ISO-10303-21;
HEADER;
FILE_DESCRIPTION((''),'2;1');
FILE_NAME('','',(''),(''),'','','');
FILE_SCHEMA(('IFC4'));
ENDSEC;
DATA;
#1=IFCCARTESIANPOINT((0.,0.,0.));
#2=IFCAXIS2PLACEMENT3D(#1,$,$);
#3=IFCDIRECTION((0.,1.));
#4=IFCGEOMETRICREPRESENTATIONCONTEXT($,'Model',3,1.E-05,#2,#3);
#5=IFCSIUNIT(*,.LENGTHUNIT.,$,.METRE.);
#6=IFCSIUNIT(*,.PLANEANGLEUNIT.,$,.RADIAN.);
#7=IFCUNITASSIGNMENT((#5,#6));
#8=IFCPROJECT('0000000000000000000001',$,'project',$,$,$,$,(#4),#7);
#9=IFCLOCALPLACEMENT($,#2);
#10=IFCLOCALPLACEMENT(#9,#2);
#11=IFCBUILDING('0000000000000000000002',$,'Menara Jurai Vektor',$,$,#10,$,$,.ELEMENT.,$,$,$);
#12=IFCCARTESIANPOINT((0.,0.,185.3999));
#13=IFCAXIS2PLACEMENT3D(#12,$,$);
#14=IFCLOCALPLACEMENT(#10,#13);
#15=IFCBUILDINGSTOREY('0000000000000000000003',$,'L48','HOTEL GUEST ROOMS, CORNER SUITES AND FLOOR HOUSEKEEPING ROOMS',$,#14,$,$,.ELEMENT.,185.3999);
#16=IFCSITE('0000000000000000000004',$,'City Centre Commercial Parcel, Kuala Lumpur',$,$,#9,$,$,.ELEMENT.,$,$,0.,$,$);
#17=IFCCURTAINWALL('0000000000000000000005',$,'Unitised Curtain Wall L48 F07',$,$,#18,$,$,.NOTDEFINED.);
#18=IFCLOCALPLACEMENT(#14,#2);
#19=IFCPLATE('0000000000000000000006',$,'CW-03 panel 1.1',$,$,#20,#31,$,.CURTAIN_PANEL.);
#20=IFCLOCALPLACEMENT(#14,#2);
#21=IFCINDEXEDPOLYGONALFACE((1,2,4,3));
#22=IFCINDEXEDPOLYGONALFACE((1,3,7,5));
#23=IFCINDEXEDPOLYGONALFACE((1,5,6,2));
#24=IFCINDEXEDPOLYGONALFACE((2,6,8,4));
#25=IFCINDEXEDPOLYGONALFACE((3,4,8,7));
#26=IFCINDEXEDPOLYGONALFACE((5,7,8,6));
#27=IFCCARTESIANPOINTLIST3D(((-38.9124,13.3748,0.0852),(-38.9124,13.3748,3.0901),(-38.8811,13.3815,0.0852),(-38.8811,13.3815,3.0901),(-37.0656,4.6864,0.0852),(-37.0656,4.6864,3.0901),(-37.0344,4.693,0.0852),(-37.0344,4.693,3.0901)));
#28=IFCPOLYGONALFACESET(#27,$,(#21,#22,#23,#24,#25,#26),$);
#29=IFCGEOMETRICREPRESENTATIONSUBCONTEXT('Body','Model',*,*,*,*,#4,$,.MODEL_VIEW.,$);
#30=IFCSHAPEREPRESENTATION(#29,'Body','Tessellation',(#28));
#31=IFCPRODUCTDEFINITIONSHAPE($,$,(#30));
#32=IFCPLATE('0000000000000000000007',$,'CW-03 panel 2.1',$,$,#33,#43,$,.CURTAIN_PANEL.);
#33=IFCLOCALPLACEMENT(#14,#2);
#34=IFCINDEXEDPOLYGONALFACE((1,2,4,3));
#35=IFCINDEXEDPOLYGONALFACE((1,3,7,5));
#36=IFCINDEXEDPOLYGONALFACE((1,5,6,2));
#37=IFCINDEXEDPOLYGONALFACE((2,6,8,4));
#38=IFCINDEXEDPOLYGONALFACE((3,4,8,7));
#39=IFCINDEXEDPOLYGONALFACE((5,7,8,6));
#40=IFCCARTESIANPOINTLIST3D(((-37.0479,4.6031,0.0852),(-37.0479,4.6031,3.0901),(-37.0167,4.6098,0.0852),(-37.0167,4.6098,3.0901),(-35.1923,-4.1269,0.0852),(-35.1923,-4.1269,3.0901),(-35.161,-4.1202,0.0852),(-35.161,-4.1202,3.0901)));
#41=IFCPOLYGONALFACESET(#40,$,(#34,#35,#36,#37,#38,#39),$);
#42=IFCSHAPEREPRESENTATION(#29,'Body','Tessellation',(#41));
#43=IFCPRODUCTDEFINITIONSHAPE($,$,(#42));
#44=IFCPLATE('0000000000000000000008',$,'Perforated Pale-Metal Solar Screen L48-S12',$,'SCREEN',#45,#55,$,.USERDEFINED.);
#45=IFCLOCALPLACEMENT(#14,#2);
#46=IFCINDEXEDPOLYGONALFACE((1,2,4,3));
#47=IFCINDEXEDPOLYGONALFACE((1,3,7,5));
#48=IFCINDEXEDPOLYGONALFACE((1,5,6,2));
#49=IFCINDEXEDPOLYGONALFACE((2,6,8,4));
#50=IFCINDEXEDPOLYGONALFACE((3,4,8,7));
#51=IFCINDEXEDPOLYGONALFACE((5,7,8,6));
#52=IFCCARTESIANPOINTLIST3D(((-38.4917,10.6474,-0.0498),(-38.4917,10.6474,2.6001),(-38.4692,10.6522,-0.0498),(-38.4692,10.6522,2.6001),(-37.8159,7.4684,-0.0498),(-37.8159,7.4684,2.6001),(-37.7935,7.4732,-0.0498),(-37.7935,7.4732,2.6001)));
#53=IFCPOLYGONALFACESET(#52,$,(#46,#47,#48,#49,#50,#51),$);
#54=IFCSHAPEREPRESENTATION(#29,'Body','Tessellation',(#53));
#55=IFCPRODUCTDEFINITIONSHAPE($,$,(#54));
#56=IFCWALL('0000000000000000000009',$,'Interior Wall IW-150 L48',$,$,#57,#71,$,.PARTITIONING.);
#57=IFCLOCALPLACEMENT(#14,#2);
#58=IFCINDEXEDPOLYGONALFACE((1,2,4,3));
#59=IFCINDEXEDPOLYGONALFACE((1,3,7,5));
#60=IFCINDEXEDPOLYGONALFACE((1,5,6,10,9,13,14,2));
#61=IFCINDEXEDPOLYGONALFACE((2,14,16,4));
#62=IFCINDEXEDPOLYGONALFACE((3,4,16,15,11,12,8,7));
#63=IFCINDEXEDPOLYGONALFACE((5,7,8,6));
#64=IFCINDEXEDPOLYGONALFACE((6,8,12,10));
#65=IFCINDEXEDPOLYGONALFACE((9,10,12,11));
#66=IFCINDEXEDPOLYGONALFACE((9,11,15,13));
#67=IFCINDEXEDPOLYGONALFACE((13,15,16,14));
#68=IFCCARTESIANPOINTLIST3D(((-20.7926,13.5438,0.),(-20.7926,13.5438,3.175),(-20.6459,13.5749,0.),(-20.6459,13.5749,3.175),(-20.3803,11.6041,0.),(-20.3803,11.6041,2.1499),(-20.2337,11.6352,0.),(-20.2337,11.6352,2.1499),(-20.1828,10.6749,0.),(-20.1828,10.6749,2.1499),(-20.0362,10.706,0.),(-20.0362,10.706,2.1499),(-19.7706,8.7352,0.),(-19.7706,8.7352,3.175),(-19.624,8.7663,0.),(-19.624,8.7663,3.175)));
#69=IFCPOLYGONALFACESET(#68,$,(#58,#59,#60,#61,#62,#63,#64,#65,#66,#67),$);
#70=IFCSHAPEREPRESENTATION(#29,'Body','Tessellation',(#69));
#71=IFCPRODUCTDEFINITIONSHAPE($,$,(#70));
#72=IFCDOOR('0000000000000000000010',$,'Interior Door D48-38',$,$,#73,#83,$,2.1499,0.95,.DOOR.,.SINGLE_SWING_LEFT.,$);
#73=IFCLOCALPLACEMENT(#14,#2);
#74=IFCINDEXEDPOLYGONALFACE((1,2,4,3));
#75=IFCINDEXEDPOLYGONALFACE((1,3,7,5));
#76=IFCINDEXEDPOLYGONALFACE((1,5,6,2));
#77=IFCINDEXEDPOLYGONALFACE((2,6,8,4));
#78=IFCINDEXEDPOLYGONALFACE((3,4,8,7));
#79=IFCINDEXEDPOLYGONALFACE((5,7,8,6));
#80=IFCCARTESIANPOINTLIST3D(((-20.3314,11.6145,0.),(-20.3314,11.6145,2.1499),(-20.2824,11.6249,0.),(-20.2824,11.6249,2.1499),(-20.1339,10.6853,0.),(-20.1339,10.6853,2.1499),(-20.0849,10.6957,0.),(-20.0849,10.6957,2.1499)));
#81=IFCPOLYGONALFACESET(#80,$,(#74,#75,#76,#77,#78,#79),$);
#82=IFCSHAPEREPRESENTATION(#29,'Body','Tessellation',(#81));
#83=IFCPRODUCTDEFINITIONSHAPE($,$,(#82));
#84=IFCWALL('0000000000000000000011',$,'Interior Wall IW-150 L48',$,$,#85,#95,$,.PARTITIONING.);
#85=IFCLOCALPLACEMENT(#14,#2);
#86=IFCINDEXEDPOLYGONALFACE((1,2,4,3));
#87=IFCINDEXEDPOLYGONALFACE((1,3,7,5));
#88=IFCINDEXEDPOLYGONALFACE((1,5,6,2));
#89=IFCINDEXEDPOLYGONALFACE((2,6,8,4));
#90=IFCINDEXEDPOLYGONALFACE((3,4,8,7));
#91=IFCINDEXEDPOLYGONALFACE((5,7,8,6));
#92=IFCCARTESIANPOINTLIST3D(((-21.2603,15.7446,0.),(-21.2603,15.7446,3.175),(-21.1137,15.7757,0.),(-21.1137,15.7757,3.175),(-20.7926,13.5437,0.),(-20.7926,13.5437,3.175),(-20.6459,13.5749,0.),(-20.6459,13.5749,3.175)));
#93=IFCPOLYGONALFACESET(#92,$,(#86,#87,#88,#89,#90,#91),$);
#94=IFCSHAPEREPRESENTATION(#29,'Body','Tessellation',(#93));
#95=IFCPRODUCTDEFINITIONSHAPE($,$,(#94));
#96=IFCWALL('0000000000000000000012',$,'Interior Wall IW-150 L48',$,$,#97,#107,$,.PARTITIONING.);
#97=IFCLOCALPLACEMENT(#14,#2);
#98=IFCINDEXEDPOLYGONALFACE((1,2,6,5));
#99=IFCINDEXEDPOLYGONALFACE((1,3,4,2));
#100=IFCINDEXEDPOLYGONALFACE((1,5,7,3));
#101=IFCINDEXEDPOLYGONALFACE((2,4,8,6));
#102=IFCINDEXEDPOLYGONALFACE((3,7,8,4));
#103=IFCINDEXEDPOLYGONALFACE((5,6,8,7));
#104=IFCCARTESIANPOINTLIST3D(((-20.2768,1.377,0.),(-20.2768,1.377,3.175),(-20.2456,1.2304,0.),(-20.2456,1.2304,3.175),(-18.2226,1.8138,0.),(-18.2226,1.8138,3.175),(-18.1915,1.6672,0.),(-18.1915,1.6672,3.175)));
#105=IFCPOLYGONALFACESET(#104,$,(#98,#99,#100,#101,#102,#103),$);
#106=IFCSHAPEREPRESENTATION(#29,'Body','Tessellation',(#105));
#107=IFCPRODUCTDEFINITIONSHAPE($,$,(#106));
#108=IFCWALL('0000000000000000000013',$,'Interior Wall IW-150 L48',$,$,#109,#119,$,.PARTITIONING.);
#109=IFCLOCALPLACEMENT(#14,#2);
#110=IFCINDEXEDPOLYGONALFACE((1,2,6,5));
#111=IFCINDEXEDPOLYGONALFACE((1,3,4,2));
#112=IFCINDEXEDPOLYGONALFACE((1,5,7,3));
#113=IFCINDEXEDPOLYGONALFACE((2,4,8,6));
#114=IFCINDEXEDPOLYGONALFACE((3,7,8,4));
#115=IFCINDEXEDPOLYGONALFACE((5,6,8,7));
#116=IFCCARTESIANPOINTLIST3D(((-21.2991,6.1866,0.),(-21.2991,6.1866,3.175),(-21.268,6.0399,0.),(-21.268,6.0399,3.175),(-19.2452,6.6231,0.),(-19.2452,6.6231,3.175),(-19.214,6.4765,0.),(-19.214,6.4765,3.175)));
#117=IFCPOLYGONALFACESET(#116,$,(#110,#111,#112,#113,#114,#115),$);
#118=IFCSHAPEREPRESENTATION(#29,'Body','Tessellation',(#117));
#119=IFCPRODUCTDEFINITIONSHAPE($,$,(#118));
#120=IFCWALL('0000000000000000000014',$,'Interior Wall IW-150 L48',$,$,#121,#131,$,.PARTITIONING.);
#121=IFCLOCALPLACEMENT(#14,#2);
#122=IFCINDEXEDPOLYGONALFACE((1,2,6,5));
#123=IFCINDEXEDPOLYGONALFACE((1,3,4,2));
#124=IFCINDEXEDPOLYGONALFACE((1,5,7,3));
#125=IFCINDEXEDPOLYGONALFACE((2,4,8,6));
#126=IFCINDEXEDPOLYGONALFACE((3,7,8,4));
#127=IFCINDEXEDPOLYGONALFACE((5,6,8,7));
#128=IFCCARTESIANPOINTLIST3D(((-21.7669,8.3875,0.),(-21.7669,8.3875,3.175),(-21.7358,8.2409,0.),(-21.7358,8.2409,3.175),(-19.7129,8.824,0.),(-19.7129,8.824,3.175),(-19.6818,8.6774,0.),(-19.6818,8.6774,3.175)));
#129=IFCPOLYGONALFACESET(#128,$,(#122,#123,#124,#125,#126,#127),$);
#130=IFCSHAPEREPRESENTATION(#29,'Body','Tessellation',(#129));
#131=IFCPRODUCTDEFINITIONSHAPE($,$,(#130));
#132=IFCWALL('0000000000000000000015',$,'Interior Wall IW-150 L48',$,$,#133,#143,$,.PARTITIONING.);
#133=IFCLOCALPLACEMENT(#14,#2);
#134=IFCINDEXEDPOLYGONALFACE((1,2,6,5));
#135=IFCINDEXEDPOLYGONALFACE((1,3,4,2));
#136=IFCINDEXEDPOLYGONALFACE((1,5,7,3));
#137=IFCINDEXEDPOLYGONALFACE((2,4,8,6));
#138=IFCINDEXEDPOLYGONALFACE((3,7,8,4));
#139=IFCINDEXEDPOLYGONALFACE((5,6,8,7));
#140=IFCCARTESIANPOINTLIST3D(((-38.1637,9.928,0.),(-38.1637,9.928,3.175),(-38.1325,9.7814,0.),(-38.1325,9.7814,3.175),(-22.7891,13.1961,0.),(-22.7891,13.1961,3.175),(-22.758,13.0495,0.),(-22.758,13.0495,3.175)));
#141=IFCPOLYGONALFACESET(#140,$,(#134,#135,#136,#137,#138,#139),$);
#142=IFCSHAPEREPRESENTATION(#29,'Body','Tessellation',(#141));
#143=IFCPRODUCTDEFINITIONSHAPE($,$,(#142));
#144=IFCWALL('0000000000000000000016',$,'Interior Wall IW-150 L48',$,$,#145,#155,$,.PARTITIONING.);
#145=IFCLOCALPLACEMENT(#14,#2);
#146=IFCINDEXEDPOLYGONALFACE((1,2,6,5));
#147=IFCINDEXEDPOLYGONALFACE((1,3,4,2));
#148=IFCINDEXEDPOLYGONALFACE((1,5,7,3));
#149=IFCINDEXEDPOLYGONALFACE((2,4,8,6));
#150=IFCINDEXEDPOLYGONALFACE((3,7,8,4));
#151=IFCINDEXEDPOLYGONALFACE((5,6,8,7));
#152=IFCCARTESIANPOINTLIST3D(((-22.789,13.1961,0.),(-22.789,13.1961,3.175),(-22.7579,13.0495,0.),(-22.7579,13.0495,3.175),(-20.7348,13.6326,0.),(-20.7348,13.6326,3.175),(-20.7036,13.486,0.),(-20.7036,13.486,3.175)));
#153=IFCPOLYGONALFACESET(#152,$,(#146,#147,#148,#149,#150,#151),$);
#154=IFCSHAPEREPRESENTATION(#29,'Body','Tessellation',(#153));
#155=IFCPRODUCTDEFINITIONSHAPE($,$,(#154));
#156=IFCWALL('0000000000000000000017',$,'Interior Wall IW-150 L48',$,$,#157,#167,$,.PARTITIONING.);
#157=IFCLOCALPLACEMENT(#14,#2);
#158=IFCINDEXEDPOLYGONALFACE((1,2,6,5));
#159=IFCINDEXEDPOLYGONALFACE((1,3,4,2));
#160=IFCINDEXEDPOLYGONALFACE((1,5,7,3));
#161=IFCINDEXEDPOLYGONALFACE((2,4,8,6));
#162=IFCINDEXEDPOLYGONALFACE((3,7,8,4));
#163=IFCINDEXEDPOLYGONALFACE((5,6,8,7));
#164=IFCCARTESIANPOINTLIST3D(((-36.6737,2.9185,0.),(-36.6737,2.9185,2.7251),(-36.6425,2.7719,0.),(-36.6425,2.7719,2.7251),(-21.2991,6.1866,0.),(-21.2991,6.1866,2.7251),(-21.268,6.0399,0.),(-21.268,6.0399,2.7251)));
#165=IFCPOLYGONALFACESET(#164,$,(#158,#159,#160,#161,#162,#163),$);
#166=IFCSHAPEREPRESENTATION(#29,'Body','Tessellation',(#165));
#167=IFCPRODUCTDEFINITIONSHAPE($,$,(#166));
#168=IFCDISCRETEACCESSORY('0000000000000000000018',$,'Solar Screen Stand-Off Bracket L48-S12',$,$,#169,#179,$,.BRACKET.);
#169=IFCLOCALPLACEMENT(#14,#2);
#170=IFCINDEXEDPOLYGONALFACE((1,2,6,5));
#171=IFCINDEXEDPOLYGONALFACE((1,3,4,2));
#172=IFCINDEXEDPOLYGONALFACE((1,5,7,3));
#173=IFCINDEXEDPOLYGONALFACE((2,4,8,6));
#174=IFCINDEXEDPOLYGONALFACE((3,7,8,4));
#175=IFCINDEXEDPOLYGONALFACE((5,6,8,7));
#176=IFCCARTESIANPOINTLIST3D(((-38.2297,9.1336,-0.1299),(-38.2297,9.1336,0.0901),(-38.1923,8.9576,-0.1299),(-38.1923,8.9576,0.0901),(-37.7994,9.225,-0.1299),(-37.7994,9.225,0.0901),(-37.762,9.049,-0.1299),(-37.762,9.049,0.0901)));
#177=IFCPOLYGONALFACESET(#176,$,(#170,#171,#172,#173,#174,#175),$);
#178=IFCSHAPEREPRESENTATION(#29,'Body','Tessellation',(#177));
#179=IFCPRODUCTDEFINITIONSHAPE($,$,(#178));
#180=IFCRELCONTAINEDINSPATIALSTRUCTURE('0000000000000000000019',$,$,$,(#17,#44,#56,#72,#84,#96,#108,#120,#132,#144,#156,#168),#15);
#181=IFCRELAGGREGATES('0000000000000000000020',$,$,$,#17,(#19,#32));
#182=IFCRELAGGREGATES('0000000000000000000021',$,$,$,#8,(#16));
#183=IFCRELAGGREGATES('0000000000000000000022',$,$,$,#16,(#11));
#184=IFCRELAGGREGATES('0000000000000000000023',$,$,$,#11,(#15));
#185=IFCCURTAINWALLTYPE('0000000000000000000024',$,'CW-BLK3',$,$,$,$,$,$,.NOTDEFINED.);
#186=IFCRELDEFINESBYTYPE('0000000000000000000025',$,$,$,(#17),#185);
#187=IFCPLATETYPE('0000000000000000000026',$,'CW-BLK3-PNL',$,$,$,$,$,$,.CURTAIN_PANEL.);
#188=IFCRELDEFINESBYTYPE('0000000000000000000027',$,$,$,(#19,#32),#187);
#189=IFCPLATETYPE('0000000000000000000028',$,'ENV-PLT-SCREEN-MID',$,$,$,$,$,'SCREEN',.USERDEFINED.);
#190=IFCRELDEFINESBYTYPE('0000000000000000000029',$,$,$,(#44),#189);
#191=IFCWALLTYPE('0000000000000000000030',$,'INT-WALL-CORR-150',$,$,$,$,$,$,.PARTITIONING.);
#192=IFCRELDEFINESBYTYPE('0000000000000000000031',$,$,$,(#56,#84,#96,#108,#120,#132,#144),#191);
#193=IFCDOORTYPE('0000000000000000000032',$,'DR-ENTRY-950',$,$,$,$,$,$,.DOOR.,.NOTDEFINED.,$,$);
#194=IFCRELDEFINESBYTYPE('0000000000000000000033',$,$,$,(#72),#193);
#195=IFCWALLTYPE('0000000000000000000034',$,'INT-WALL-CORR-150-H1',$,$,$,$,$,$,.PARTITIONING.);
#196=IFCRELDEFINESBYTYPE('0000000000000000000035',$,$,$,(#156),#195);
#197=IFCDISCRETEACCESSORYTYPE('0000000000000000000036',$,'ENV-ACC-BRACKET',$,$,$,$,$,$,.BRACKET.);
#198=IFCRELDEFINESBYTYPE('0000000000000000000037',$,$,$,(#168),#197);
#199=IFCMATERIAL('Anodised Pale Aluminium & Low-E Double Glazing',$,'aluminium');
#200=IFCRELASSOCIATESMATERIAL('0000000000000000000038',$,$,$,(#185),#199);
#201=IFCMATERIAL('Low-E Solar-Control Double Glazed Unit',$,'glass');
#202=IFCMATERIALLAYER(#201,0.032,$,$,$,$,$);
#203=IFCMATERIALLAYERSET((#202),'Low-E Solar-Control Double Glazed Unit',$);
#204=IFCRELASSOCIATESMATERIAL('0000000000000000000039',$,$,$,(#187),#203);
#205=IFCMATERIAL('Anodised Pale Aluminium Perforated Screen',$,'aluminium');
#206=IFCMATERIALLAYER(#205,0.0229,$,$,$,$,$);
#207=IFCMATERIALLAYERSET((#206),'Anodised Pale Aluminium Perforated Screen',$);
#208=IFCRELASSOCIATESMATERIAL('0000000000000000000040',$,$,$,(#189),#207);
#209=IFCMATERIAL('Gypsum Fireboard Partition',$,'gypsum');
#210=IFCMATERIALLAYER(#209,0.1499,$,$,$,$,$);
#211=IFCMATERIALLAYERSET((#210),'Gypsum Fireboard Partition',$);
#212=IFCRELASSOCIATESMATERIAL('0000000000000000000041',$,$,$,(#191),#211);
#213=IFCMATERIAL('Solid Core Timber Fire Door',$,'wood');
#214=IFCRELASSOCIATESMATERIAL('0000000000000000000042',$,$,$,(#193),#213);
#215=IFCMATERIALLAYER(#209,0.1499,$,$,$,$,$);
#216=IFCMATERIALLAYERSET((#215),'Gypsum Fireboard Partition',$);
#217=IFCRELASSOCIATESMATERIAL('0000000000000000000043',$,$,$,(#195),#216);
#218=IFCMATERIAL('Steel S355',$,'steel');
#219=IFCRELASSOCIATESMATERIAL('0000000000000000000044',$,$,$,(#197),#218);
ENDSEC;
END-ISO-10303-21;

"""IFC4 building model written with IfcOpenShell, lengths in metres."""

from ifc_helpers import new_model, si_unit, direction, frame, frame_2d, origin, origin_2d, place, context, subcontext, project, spatial, rectangle, extrude, material, layer, layer_set, type_object, element, fill, aggregate, save


model = new_model("IFC4")

# Units and contexts
model_context = context("Model", 3, precision=1e-05, world=origin(), true_north=direction((0.0, 1.0)))
body_context = subcontext(model_context, "Body", "Model", "MODEL_VIEW")
ifc_project = project(units=[si_unit("LENGTHUNIT", "METRE"), si_unit("PLANEANGLEUNIT", "RADIAN")], contexts=[model_context])

# Site, building, storey
site_placement = place(None, origin())
site = spatial("IfcSite", under=ifc_project, at=site_placement, Name="City Centre Commercial Parcel, Kuala Lumpur", CompositionType="ELEMENT", RefElevation=0.0)
building_placement = place(site_placement, origin())
building = spatial("IfcBuilding", under=site, at=building_placement, Name="Menara Jurai Vektor", CompositionType="ELEMENT")
storey_placement = place(building_placement, frame((0.0, 0.0, 185.3999)))
storey = spatial("IfcBuildingStorey", under=building, at=storey_placement, Name="L48", Description="HOTEL GUEST ROOMS, CORNER SUITES AND FLOOR HOUSEKEEPING ROOMS", CompositionType="ELEMENT", Elevation=185.3999)

# Curtain wall
ifc_material_1 = material(Name="Anodised Pale Aluminium & Low-E Double Glazing", Category="aluminium")
curtain_wall_type = type_object("IfcCurtainWallType", Name="CW-BLK3", PredefinedType="NOTDEFINED", material=ifc_material_1)
curtain_wall_placement = place(storey_placement, origin())
curtain_wall = element("IfcCurtainWall", 1, at=curtain_wall_placement, inside=storey, type_object=curtain_wall_type, Name="Unitised Curtain Wall L48 F07", PredefinedType="NOTDEFINED")

# Shared definitions
ifc_material_2 = material(Name="Steel S355", Category="steel")

# Plates
ifc_material_3 = material(Name="Low-E Solar-Control Double Glazed Unit", Category="glass")
ifc_layer_1 = layer(ifc_material_3, 0.032)
ifc_layer_set_1 = layer_set([ifc_layer_1], Name="Low-E Solar-Control Double Glazed Unit")
plate_type_1 = type_object("IfcPlateType", Name="CW-BLK3-PNL", PredefinedType="CURTAIN_PANEL", material=ifc_layer_set_1)
plate_1_placement = place(storey_placement, frame((-37.9734, 9.0339, 0.0852), z_axis=(0.0, 0.0, 1.0), x_axis=(0.20791, -0.978148, 0.0)))
plate_1 = element("IfcPlate", 2, at=plate_1_placement, type_object=plate_type_1, Name="CW-03 panel 1.1", PredefinedType="CURTAIN_PANEL", context=body_context, shape_type="SweptSolid", body=[
    extrude(rectangle(XDim=8.8826, YDim=0.032, at=origin_2d()), origin(), (0.0, 0.0, 1.0), 3.0049),
])
plate_2_placement = place(storey_placement, frame((-36.1045, 0.2415, 0.0852), z_axis=(0.0, 0.0, 1.0), x_axis=(0.20791, -0.978148, 0.0)))
plate_2 = element("IfcPlate", 3, at=plate_2_placement, type_object=plate_type_1, Name="CW-03 panel 2.1", PredefinedType="CURTAIN_PANEL", context=body_context, shape_type="SweptSolid", body=[
    extrude(rectangle(XDim=8.925, YDim=0.032, at=origin_2d()), origin(), (0.0, 0.0, 1.0), 3.0049),
])
aggregate(curtain_wall, [plate_1, plate_2])
ifc_material_4 = material(Name="Anodised Pale Aluminium Perforated Screen", Category="aluminium")
ifc_layer_2 = layer(ifc_material_4, 0.0229)
ifc_layer_set_2 = layer_set([ifc_layer_2], Name="Anodised Pale Aluminium Perforated Screen")
plate_type_2 = type_object("IfcPlateType", Name="ENV-PLT-SCREEN-MID", ElementType="SCREEN", PredefinedType="USERDEFINED", material=ifc_layer_set_2)
plate_3_placement = place(storey_placement, frame((-38.1426, 9.0603, -0.0498), z_axis=(0.0, 0.0, 1.0), x_axis=(0.207912, -0.978148, 0.0)))
element("IfcPlate", 4, at=plate_3_placement, inside=storey, type_object=plate_type_2, Name="Perforated Pale-Metal Solar Screen L48-S12", ObjectType="SCREEN", PredefinedType="USERDEFINED", context=body_context, shape_type="SweptSolid", body=[
    extrude(rectangle(XDim=3.25, YDim=0.0229, at=origin_2d()), origin(), (0.0, 0.0, 1.0), 2.6499),
])

# Wall, opening, door
ifc_material_5 = material(Name="Gypsum Fireboard Partition", Category="gypsum")
ifc_layer_3 = layer(ifc_material_5, 0.1499)
ifc_layer_set_3 = layer_set([ifc_layer_3], Name="Gypsum Fireboard Partition")
wall_type_1 = type_object("IfcWallType", Name="INT-WALL-CORR-150", PredefinedType="PARTITIONING", material=ifc_layer_set_3)
wall_1_placement = place(storey_placement, frame((-19.6973, 8.7507, 0.0), z_axis=(0.0, 0.0, 1.0), x_axis=(-0.207887, 0.978153, 0.0)))
wall_1 = element("IfcWall", 5, at=wall_1_placement, inside=storey, type_object=wall_type_1, Name="Interior Wall IW-150 L48", PredefinedType="PARTITIONING", context=body_context, shape_type="SweptSolid", body=[
    extrude(rectangle(XDim=4.916, YDim=0.1499, at=frame_2d((2.458, 0.0))), origin(), (0.0, 0.0, 1.0), 3.175),
])
opening_1_placement = place(wall_1_placement, frame((1.9829, 0.0, 0.0)))
opening_1 = element("IfcOpeningElement", 6, at=opening_1_placement, cuts=wall_1, PredefinedType="OPENING", context=body_context, shape_type="SweptSolid", body=[
    extrude(rectangle(XDim=0.95, YDim=2.1499, at=frame_2d((0.4751, 1.075))), frame((0.0, 0.085, 0.0), z_axis=(0.0, -1.0, 0.0), x_axis=(1.0, 0.0, 0.0)), (0.0, 0.0, 1.0), 0.1699),
])
ifc_material_6 = material(Name="Solid Core Timber Fire Door", Category="wood")
door_type_1 = type_object("IfcDoorType", Name="DR-ENTRY-950", OperationType="NOTDEFINED", PredefinedType="DOOR", material=ifc_material_6)
door_1_placement = place(opening_1_placement, origin())
door_1 = element("IfcDoor", 7, at=door_1_placement, inside=storey, type_object=door_type_1, Name="Interior Door D48-38", OperationType="SINGLE_SWING_LEFT", OverallHeight=2.1499, OverallWidth=0.95, PredefinedType="DOOR", context=body_context, shape_type="SweptSolid", body=[
    extrude(rectangle(XDim=0.95, YDim=2.1499, at=frame_2d((0.4751, 1.075))), frame((0.0, 0.0249, 0.0), z_axis=(0.0, -1.0, 0.0), x_axis=(1.0, 0.0, 0.0)), (0.0, 0.0, 1.0), 0.05),
])
fill(opening_1, door_1)

# Walls
wall_2_placement = place(storey_placement, frame((-20.7192, 13.5593, 0.0), z_axis=(0.0, 0.0, 1.0), x_axis=(-0.207891, 0.978152, 0.0)))
element("IfcWall", 8, at=wall_2_placement, inside=storey, type_object=wall_type_1, Name="Interior Wall IW-150 L48", PredefinedType="PARTITIONING", context=body_context, shape_type="SweptSolid", body=[
    extrude(rectangle(XDim=2.25, YDim=0.1499, at=frame_2d((1.125, 0.0))), origin(), (0.0, 0.0, 1.0), 3.175),
])
wall_3_placement = place(storey_placement, frame((-20.2612, 1.3037, 0.0), z_axis=(0.0, 0.0, 1.0), x_axis=(0.978135, 0.207973, 0.0)))
element("IfcWall", 9, at=wall_3_placement, inside=storey, type_object=wall_type_1, Name="Interior Wall IW-150 L48", PredefinedType="PARTITIONING", context=body_context, shape_type="SweptSolid", body=[
    extrude(rectangle(XDim=2.1001, YDim=0.1499, at=frame_2d((1.05, 0.0))), origin(), (0.0, 0.0, 1.0), 3.175),
])
wall_4_placement = place(storey_placement, frame((-21.2834, 6.1133, 0.0), z_axis=(0.0, 0.0, 1.0), x_axis=(0.978153, 0.207885, 0.0)))
element("IfcWall", 10, at=wall_4_placement, inside=storey, type_object=wall_type_1, Name="Interior Wall IW-150 L48", PredefinedType="PARTITIONING", context=body_context, shape_type="SweptSolid", body=[
    extrude(rectangle(XDim=2.0999, YDim=0.1499, at=frame_2d((1.0498, 0.0))), origin(), (0.0, 0.0, 1.0), 3.175),
])

# Walls
wall_5_placement = place(storey_placement, frame((-21.7512, 8.3142, 0.0), z_axis=(0.0, 0.0, 1.0), x_axis=(0.978153, 0.207885, 0.0)))
element("IfcWall", 11, at=wall_5_placement, inside=storey, type_object=wall_type_1, Name="Interior Wall IW-150 L48", PredefinedType="PARTITIONING", context=body_context, shape_type="SweptSolid", body=[
    extrude(rectangle(XDim=2.0999, YDim=0.1499, at=frame_2d((1.0498, 0.0))), origin(), (0.0, 0.0, 1.0), 3.175),
])
wall_6_placement = place(storey_placement, frame((-38.1479, 9.8547, 0.0), z_axis=(0.0, 0.0, 1.0), x_axis=(0.978146, 0.207919, 0.0)))
element("IfcWall", 12, at=wall_6_placement, inside=storey, type_object=wall_type_1, Name="Interior Wall IW-150 L48", PredefinedType="PARTITIONING", context=body_context, shape_type="SweptSolid", body=[
    extrude(rectangle(XDim=15.718, YDim=0.1499, at=frame_2d((7.8589, 0.0))), origin(), (0.0, 0.0, 1.0), 3.175),
])
wall_7_placement = place(storey_placement, frame((-22.7734, 13.1228, 0.0), z_axis=(0.0, 0.0, 1.0), x_axis=(0.978158, 0.207862, 0.0)))
element("IfcWall", 13, at=wall_7_placement, inside=storey, type_object=wall_type_1, Name="Interior Wall IW-150 L48", PredefinedType="PARTITIONING", context=body_context, shape_type="SweptSolid", body=[
    extrude(rectangle(XDim=2.1001, YDim=0.1499, at=frame_2d((1.05, 0.0))), origin(), (0.0, 0.0, 1.0), 3.175),
])

# Wall
ifc_layer_4 = layer(ifc_material_5, 0.1499)
ifc_layer_set_4 = layer_set([ifc_layer_4], Name="Gypsum Fireboard Partition")
wall_type_2 = type_object("IfcWallType", Name="INT-WALL-CORR-150-H1", PredefinedType="PARTITIONING", material=ifc_layer_set_4)
wall_8_placement = place(storey_placement, frame((-36.658, 2.8452, 0.0), z_axis=(0.0, 0.0, 1.0), x_axis=(0.978146, 0.207919, 0.0)))
element("IfcWall", 14, at=wall_8_placement, inside=storey, type_object=wall_type_2, Name="Interior Wall IW-150 L48", PredefinedType="PARTITIONING", context=body_context, shape_type="SweptSolid", body=[
    extrude(rectangle(XDim=15.718, YDim=0.1499, at=frame_2d((7.8589, 0.0))), origin(), (0.0, 0.0, 1.0), 2.7251),
])

# Discrete accessory
discrete_accessory_type = type_object("IfcDiscreteAccessoryType", Name="ENV-ACC-BRACKET", PredefinedType="BRACKET", material=ifc_material_2)
discrete_accessory_placement = place(storey_placement, frame((-37.9958, 9.0913, -0.1299), z_axis=(0.0, 0.0, 1.0), x_axis=(0.207912, -0.978148, 0.0)))
element("IfcDiscreteAccessory", 15, at=discrete_accessory_placement, inside=storey, type_object=discrete_accessory_type, Name="Solar Screen Stand-Off Bracket L48-S12", PredefinedType="BRACKET", context=body_context, shape_type="SweptSolid", body=[
    extrude(rectangle(XDim=0.1799, YDim=0.4399, at=origin_2d()), origin(), (0.0, 0.0, 1.0), 0.22),
])

save(model, "model.ifc")
